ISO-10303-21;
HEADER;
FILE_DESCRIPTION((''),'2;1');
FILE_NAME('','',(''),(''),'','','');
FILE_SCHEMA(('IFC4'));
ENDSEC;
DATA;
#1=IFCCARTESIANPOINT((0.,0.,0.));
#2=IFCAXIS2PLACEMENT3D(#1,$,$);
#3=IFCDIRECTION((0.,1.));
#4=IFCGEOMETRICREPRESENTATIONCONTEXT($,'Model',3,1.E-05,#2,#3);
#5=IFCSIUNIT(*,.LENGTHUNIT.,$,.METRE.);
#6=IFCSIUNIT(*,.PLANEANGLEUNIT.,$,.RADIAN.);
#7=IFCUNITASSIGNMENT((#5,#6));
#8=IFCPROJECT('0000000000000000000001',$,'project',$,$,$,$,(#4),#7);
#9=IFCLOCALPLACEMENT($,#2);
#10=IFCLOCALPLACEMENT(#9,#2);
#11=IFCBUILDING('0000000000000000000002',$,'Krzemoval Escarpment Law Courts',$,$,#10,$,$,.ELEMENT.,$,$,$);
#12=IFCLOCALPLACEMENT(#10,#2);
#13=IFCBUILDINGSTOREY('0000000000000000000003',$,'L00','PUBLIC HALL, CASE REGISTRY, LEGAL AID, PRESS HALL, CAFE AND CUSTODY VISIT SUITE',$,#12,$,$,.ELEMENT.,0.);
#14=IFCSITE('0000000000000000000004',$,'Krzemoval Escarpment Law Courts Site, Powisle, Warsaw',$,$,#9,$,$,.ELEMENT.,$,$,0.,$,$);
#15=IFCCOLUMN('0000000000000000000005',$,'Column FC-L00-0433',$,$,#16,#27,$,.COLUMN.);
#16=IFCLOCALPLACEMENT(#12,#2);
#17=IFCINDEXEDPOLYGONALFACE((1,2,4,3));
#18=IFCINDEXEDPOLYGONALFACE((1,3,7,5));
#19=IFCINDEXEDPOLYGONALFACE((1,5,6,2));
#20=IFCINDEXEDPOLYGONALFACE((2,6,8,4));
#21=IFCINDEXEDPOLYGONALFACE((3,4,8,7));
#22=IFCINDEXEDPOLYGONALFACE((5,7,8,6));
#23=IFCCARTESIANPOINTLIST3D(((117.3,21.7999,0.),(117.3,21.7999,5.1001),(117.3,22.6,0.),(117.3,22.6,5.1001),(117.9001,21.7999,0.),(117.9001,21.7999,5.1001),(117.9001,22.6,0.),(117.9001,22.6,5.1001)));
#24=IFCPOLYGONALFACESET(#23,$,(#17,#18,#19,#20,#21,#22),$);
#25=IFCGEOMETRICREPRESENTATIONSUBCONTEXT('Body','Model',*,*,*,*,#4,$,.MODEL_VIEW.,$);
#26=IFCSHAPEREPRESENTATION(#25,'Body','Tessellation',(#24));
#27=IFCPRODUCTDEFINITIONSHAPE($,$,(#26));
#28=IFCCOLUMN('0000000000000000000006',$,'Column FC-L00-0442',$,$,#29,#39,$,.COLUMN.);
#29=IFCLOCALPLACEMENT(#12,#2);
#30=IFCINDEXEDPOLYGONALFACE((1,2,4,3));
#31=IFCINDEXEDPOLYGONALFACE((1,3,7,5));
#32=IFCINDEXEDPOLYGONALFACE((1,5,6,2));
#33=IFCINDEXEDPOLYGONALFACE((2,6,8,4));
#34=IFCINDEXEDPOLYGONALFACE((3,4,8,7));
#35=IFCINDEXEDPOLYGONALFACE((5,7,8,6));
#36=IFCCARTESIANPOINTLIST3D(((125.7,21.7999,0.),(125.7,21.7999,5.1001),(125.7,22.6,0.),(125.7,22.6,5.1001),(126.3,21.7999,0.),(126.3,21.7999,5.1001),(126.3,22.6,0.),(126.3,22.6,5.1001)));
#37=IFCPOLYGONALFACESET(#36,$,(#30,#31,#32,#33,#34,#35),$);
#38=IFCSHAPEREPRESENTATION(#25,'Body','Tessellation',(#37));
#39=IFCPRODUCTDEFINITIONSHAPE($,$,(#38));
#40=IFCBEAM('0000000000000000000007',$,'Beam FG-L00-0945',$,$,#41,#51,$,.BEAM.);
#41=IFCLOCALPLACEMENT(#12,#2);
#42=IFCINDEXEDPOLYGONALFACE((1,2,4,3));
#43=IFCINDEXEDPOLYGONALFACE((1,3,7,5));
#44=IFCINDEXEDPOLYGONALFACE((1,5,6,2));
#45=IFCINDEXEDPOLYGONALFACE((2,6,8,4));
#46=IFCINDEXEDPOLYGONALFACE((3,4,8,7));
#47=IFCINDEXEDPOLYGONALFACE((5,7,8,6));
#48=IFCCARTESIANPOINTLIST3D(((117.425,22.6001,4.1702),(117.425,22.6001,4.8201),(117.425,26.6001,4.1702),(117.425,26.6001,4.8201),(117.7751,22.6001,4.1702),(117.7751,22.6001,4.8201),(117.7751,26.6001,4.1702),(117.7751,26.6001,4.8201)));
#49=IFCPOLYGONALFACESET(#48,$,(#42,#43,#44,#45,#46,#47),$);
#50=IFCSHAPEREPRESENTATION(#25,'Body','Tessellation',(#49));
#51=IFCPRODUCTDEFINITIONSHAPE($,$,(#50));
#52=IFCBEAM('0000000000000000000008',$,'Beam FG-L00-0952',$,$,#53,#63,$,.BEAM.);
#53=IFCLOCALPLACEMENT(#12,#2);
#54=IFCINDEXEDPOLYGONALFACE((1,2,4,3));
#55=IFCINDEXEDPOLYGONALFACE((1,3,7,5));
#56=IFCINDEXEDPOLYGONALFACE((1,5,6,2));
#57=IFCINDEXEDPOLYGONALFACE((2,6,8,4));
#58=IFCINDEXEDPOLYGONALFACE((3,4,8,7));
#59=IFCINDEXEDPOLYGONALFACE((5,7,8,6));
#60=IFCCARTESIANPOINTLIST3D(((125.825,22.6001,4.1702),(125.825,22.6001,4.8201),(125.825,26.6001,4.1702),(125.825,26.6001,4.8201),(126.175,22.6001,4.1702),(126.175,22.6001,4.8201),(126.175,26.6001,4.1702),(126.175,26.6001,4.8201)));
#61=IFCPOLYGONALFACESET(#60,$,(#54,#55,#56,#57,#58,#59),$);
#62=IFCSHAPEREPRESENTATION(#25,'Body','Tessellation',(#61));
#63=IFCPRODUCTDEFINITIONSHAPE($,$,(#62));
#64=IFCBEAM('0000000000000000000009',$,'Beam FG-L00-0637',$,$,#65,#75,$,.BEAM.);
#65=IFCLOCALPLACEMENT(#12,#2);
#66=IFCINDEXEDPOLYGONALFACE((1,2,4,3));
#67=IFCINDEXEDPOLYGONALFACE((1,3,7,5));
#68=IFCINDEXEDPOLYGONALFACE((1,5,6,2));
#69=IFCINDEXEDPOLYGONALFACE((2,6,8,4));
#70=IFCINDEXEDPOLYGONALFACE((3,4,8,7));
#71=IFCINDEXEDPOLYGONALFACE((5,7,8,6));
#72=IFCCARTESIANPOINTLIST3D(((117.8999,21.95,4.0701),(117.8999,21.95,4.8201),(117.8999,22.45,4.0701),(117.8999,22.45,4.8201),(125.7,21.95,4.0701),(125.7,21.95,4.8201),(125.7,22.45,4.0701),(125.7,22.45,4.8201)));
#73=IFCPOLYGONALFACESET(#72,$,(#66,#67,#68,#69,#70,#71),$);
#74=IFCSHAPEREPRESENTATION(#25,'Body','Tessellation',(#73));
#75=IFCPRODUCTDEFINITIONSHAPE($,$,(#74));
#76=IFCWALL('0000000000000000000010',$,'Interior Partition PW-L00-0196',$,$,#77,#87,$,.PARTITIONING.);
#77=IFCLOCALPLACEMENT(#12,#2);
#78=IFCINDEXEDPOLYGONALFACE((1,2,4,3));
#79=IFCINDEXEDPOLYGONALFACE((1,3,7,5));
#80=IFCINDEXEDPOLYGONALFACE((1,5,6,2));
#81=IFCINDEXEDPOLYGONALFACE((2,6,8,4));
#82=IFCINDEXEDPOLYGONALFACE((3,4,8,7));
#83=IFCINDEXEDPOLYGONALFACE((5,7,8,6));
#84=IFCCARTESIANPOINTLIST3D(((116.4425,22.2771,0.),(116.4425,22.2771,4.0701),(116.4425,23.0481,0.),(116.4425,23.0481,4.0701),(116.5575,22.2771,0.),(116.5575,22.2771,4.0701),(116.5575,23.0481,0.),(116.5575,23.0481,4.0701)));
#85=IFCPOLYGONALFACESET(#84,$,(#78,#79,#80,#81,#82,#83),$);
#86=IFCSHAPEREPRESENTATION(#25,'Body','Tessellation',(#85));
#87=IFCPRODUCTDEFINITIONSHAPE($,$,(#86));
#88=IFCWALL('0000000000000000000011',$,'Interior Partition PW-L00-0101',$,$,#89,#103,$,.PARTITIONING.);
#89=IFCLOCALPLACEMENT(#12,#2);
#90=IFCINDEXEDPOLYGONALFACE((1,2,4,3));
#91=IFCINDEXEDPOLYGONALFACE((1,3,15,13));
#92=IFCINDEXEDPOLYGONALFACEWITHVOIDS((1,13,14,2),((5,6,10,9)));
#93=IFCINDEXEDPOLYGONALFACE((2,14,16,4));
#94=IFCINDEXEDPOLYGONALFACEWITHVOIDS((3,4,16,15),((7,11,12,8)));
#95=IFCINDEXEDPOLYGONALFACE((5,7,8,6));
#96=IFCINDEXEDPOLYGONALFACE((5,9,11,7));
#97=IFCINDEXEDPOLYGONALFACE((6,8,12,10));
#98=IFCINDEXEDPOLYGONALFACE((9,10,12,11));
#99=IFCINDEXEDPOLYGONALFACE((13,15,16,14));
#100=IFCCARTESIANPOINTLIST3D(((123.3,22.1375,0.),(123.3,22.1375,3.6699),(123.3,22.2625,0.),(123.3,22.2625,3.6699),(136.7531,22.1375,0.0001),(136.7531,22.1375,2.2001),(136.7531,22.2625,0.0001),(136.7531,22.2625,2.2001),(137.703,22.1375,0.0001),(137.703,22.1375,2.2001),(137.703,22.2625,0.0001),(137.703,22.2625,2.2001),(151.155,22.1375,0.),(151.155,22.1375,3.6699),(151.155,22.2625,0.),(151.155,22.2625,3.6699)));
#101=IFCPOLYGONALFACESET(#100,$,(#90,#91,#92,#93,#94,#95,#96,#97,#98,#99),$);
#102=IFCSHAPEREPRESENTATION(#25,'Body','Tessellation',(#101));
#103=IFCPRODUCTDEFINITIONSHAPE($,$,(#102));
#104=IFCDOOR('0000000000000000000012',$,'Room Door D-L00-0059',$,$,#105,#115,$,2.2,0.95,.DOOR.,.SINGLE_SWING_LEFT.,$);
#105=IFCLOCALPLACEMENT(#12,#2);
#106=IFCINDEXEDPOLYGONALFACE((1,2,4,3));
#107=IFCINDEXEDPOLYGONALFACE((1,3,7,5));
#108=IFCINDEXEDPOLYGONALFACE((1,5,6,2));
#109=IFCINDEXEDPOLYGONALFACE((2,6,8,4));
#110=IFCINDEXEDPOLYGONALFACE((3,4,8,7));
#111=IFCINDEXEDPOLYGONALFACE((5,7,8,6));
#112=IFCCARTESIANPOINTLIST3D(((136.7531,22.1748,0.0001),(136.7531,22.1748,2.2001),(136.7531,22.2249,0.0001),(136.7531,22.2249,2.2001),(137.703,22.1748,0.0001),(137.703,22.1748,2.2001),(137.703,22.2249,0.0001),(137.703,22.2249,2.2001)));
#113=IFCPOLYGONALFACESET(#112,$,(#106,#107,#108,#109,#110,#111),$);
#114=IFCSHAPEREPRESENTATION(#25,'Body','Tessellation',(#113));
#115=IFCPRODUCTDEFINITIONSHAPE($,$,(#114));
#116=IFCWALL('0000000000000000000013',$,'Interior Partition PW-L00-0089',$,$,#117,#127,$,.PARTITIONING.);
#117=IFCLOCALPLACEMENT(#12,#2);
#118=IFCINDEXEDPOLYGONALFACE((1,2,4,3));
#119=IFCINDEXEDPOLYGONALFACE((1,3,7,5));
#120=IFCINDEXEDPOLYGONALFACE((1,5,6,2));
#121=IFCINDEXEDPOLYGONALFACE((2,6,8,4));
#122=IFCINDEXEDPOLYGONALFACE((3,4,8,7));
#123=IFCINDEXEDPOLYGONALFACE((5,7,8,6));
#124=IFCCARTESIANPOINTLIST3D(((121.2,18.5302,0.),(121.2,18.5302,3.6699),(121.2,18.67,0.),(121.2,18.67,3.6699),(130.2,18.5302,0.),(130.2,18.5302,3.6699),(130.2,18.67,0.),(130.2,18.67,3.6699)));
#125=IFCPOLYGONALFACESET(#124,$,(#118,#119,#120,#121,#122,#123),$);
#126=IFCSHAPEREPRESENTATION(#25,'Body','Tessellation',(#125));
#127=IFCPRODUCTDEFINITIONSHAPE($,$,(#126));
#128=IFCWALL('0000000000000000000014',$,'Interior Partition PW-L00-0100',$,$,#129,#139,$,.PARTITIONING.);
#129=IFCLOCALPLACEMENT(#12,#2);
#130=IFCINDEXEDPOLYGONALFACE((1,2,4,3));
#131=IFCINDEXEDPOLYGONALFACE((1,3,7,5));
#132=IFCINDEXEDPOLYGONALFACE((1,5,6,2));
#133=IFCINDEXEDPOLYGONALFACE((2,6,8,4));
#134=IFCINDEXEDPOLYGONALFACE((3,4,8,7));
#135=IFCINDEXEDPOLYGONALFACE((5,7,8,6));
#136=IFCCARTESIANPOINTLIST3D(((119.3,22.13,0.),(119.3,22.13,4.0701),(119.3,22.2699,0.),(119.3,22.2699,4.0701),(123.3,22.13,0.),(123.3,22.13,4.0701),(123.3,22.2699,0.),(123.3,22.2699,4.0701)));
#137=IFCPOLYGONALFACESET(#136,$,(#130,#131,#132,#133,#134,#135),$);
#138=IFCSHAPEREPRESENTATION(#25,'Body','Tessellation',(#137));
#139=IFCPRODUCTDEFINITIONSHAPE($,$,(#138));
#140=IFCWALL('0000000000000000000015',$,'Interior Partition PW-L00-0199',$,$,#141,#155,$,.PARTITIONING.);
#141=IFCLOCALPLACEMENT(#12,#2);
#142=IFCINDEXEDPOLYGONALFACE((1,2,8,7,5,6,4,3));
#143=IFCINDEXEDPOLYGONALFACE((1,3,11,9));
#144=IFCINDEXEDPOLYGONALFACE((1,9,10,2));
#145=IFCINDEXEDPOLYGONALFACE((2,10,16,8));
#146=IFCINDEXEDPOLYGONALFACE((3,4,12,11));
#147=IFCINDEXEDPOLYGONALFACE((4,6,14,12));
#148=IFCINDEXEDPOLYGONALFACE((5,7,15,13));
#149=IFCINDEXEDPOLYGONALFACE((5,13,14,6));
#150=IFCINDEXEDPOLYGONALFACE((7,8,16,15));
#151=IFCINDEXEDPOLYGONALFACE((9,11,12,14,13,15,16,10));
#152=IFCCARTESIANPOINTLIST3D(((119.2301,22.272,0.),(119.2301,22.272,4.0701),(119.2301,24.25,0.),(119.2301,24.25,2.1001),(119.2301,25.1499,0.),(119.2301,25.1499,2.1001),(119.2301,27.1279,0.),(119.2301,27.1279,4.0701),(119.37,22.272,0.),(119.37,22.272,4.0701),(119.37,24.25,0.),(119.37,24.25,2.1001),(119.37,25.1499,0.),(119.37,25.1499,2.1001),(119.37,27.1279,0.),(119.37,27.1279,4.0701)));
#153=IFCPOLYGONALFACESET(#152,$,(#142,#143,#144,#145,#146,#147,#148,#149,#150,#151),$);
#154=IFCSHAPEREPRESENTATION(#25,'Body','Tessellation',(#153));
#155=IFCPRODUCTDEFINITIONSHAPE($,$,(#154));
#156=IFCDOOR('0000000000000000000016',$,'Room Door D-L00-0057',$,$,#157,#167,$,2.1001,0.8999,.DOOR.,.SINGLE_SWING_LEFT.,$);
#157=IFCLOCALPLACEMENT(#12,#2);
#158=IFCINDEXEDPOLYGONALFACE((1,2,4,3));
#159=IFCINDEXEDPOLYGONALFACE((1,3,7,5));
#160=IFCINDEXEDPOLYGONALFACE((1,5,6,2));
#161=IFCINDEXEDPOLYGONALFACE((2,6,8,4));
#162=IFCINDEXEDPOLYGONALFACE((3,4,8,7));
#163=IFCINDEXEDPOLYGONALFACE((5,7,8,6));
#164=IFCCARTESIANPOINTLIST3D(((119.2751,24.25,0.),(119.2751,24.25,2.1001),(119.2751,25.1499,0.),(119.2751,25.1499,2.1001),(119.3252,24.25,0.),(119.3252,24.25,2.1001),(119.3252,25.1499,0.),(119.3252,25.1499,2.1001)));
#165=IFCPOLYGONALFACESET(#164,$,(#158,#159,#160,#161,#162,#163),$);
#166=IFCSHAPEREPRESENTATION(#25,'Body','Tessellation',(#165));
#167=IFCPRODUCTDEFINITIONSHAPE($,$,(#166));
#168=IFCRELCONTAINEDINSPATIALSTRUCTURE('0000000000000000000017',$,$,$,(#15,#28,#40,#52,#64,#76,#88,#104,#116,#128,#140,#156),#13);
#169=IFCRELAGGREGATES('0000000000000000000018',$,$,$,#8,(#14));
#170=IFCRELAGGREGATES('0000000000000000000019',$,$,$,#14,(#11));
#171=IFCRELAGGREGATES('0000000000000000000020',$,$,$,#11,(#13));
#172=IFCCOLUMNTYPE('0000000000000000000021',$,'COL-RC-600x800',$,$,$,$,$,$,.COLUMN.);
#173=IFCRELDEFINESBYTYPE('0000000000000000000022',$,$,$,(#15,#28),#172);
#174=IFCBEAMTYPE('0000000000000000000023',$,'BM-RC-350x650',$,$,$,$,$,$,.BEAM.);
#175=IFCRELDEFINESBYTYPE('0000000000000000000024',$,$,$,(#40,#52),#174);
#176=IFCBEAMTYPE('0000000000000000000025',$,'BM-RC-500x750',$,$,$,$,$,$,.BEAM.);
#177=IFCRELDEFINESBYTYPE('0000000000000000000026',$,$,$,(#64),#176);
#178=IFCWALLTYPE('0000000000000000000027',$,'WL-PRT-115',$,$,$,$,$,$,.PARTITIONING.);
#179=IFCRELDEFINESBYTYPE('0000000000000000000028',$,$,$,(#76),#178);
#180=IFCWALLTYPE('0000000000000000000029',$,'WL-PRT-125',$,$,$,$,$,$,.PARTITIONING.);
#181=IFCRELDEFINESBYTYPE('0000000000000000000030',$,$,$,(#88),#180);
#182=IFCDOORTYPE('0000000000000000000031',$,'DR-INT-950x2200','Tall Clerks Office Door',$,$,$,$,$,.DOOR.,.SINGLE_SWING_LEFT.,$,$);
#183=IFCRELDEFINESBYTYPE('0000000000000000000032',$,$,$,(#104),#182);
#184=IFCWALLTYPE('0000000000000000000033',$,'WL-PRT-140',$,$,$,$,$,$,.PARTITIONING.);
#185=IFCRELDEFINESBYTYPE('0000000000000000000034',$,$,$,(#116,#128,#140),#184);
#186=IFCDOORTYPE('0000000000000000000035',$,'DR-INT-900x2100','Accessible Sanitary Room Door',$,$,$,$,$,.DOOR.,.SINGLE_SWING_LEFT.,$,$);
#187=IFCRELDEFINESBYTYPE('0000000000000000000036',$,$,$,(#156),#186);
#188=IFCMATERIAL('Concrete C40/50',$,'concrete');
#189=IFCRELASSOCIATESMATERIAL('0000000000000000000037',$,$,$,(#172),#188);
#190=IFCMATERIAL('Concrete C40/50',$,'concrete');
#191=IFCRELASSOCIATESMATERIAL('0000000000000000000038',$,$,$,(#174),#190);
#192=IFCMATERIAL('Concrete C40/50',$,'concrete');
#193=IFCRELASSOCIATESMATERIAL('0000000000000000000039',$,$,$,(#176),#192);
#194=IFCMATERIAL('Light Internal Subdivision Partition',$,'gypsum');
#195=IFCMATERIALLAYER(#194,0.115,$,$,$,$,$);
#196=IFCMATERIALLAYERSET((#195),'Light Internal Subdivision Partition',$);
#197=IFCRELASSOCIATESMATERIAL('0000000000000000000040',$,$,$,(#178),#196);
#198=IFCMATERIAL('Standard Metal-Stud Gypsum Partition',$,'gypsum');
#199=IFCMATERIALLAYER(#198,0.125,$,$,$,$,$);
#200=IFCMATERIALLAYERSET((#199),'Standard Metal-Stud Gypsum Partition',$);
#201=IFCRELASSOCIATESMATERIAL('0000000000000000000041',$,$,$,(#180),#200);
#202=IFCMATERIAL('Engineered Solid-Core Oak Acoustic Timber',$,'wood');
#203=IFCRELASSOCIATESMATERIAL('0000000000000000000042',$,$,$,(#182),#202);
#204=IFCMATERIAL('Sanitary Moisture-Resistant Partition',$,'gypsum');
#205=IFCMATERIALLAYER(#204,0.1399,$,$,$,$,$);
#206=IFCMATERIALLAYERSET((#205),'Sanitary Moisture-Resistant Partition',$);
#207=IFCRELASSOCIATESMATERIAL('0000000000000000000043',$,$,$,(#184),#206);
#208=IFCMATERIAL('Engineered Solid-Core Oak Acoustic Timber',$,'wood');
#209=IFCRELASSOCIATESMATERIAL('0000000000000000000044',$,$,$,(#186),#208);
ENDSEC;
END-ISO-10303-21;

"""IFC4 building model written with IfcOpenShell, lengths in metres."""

from ifc_helpers import new_model, si_unit, direction, frame, frame_2d, origin, origin_2d, place, context, subcontext, project, spatial, rectangle, extrude, material, layer, layer_set, material_profile, profile_set, type_object, element, fill, save


model = new_model("IFC4")

# Units and contexts
model_context = context("Model", 3, precision=1e-05, world=origin(), true_north=direction((0.0, 1.0)))
body_context = subcontext(model_context, "Body", "Model", "MODEL_VIEW")
ifc_project = project(units=[si_unit("LENGTHUNIT", "METRE"), si_unit("PLANEANGLEUNIT", "RADIAN")], contexts=[model_context])

# Site, building, storey
site_placement = place(None, origin())
site = spatial("IfcSite", under=ifc_project, at=site_placement, Name="Krzemoval Escarpment Law Courts Site, Powisle, Warsaw", CompositionType="ELEMENT", RefElevation=0.0)
building_placement = place(site_placement, origin())
building = spatial("IfcBuilding", under=site, at=building_placement, Name="Krzemoval Escarpment Law Courts", CompositionType="ELEMENT")
storey_placement = place(building_placement, origin())
storey = spatial("IfcBuildingStorey", under=building, at=storey_placement, Name="L00", Description="PUBLIC HALL, CASE REGISTRY, LEGAL AID, PRESS HALL, CAFE AND CUSTODY VISIT SUITE", CompositionType="ELEMENT", Elevation=0.0)

# Columns
ifc_material_1 = material(Name="Concrete C40/50", Category="concrete")
ifc_material_profile_1 = material_profile(ifc_material_1, rectangle(XDim=0.6001, YDim=0.8, at=origin_2d()), Name="RC 600x800")
ifc_profile_set_1 = profile_set([ifc_material_profile_1], Name="Concrete C40/50")
column_type = type_object("IfcColumnType", Name="COL-RC-600x800", PredefinedType="COLUMN", material=ifc_profile_set_1)
for number, where, z_axis, x_axis, name in (
    (1, (117.6001, 22.2, 0.0), (0.0, 0.0, 1.0), (1.0, 0.0, 0.0), "Column FC-L00-0433"),
    (2, (126.0, 22.2, 0.0), (0.0, 0.0, 1.0), (1.0, 0.0, 0.0), "Column FC-L00-0442"),
):
    element("IfcColumn", number, at=place(storey_placement, frame(where, z_axis=z_axis, x_axis=x_axis)), inside=storey, type_object=column_type, Name=name, PredefinedType="COLUMN", context=body_context, shape_type="SweptSolid", body=[
        extrude(rectangle(XDim=0.6001, YDim=0.8, at=origin_2d()), origin(), (0.0, 0.0, 1.0), 5.1001),
    ])

# Beams
ifc_material_2 = material(Name="Concrete C40/50", Category="concrete")
ifc_material_profile_2 = material_profile(ifc_material_2, rectangle(XDim=0.3501, YDim=0.6499, at=origin_2d()), Name="RCB 350x650")
ifc_profile_set_2 = profile_set([ifc_material_profile_2], Name="Concrete C40/50")
beam_type_1 = type_object("IfcBeamType", Name="BM-RC-350x650", PredefinedType="BEAM", material=ifc_profile_set_2)
for number, where, z_axis, x_axis, name in (
    (3, (117.6001, 22.6001, 4.4951), (0.0, 1.0, 0.0), (-1.0, 0.0, 0.0), "Beam FG-L00-0945"),
    (4, (126.0, 22.6001, 4.4951), (0.0, 1.0, 0.0), (-1.0, 0.0, 0.0), "Beam FG-L00-0952"),
):
    element("IfcBeam", number, at=place(storey_placement, frame(where, z_axis=z_axis, x_axis=x_axis)), inside=storey, type_object=beam_type_1, Name=name, PredefinedType="BEAM", context=body_context, shape_type="SweptSolid", body=[
        extrude(rectangle(XDim=0.3501, YDim=0.6499, at=origin_2d()), origin(), (0.0, 0.0, 1.0), 4.0),
    ])
ifc_material_3 = material(Name="Concrete C40/50", Category="concrete")
ifc_material_profile_3 = material_profile(ifc_material_3, rectangle(XDim=0.5, YDim=0.75, at=origin_2d()), Name="RCB 500x750")
ifc_profile_set_3 = profile_set([ifc_material_profile_3], Name="Concrete C40/50")
beam_type_2 = type_object("IfcBeamType", Name="BM-RC-500x750", PredefinedType="BEAM", material=ifc_profile_set_3)
beam_placement = place(storey_placement, frame((117.8999, 22.2, 4.4451), z_axis=(1.0, 0.0, 0.0), x_axis=(0.0, 1.0, 0.0)))
element("IfcBeam", 5, at=beam_placement, inside=storey, type_object=beam_type_2, Name="Beam FG-L00-0637", PredefinedType="BEAM", context=body_context, shape_type="SweptSolid", body=[
    extrude(rectangle(XDim=0.5, YDim=0.75, at=origin_2d()), origin(), (0.0, 0.0, 1.0), 7.8),
])

# Wall
ifc_material_4 = material(Name="Light Internal Subdivision Partition", Category="gypsum")
ifc_layer_1 = layer(ifc_material_4, 0.115)
ifc_layer_set_1 = layer_set([ifc_layer_1], Name="Light Internal Subdivision Partition")
wall_type_1 = type_object("IfcWallType", Name="WL-PRT-115", PredefinedType="PARTITIONING", material=ifc_layer_set_1)
wall_1_placement = place(storey_placement, frame((116.5, 22.2771, 0.0), z_axis=(0.0, 0.0, 1.0), x_axis=(0.0, 1.0, 0.0)))
element("IfcWall", 6, at=wall_1_placement, inside=storey, type_object=wall_type_1, Name="Interior Partition PW-L00-0196", PredefinedType="PARTITIONING", context=body_context, shape_type="SweptSolid", body=[
    extrude(rectangle(XDim=0.771, YDim=0.115, at=frame_2d((0.3855, 0.0))), origin(), (0.0, 0.0, 1.0), 4.0701),
])

# Wall, opening, door
ifc_material_5 = material(Name="Standard Metal-Stud Gypsum Partition", Category="gypsum")
ifc_layer_2 = layer(ifc_material_5, 0.125)
ifc_layer_set_2 = layer_set([ifc_layer_2], Name="Standard Metal-Stud Gypsum Partition")
wall_type_2 = type_object("IfcWallType", Name="WL-PRT-125", PredefinedType="PARTITIONING", material=ifc_layer_set_2)
wall_2_placement = place(storey_placement, frame((123.3, 22.2, 0.0), z_axis=(0.0, 0.0, 1.0), x_axis=(1.0, 0.0, 0.0)))
wall_2 = element("IfcWall", 7, at=wall_2_placement, inside=storey, type_object=wall_type_2, Name="Interior Partition PW-L00-0101", PredefinedType="PARTITIONING", context=body_context, shape_type="SweptSolid", body=[
    extrude(rectangle(XDim=27.855, YDim=0.125, at=frame_2d((13.9275, 0.0))), origin(), (0.0, 0.0, 1.0), 3.6699),
])
opening_1_placement = place(wall_2_placement, frame((13.4529, 0.0, 0.0)))
opening_1 = element("IfcOpeningElement", 8, at=opening_1_placement, cuts=wall_2, PredefinedType="OPENING", context=body_context, shape_type="SweptSolid", body=[
    extrude(rectangle(XDim=0.95, YDim=2.2, at=frame_2d((0.4751, 1.1001))), frame((0.0, 0.0775, 0.0), z_axis=(0.0, -1.0, 0.0), x_axis=(1.0, 0.0, 0.0)), (0.0, 0.0, 1.0), 0.155),
])
ifc_material_6 = material(Name="Engineered Solid-Core Oak Acoustic Timber", Category="wood")
door_type_1 = type_object("IfcDoorType", Name="DR-INT-950x2200", Description="Tall Clerks Office Door", OperationType="SINGLE_SWING_LEFT", PredefinedType="DOOR", material=ifc_material_6)
door_1_placement = place(opening_1_placement, origin())
door_1 = element("IfcDoor", 9, at=door_1_placement, inside=storey, type_object=door_type_1, Name="Room Door D-L00-0059", OperationType="SINGLE_SWING_LEFT", OverallHeight=2.2, OverallWidth=0.95, PredefinedType="DOOR", context=body_context, shape_type="SweptSolid", body=[
    extrude(rectangle(XDim=0.95, YDim=2.2, at=frame_2d((0.4751, 1.1001))), frame((0.0, 0.0249, 0.0), z_axis=(0.0, -1.0, 0.0), x_axis=(1.0, 0.0, 0.0)), (0.0, 0.0, 1.0), 0.05),
])
fill(opening_1, door_1)

# Walls
ifc_material_7 = material(Name="Sanitary Moisture-Resistant Partition", Category="gypsum")
ifc_layer_3 = layer(ifc_material_7, 0.1399)
ifc_layer_set_3 = layer_set([ifc_layer_3], Name="Sanitary Moisture-Resistant Partition")
wall_type_3 = type_object("IfcWallType", Name="WL-PRT-140", PredefinedType="PARTITIONING", material=ifc_layer_set_3)
wall_3_placement = place(storey_placement, frame((121.2, 18.6001, 0.0), z_axis=(0.0, 0.0, 1.0), x_axis=(1.0, 0.0, 0.0)))
element("IfcWall", 10, at=wall_3_placement, inside=storey, type_object=wall_type_3, Name="Interior Partition PW-L00-0089", PredefinedType="PARTITIONING", context=body_context, shape_type="SweptSolid", body=[
    extrude(rectangle(XDim=9.0, YDim=0.1399, at=frame_2d((4.5, 0.0))), origin(), (0.0, 0.0, 1.0), 3.6699),
])
wall_4_placement = place(storey_placement, frame((119.3, 22.2, 0.0), z_axis=(0.0, 0.0, 1.0), x_axis=(1.0, 0.0, 0.0)))
element("IfcWall", 11, at=wall_4_placement, inside=storey, type_object=wall_type_3, Name="Interior Partition PW-L00-0100", PredefinedType="PARTITIONING", context=body_context, shape_type="SweptSolid", body=[
    extrude(rectangle(XDim=4.0, YDim=0.1399, at=frame_2d((2.0, 0.0))), origin(), (0.0, 0.0, 1.0), 4.0701),
])

# Wall, opening, door
wall_5_placement = place(storey_placement, frame((119.3, 22.272, 0.0), z_axis=(0.0, 0.0, 1.0), x_axis=(0.0, 1.0, 0.0)))
wall_5 = element("IfcWall", 12, at=wall_5_placement, inside=storey, type_object=wall_type_3, Name="Interior Partition PW-L00-0199", PredefinedType="PARTITIONING", context=body_context, shape_type="SweptSolid", body=[
    extrude(rectangle(XDim=4.856, YDim=0.1399, at=frame_2d((2.428, 0.0))), origin(), (0.0, 0.0, 1.0), 4.0701),
])
opening_2_placement = place(wall_5_placement, frame((1.978, 0.0, 0.0)))
opening_2 = element("IfcOpeningElement", 13, at=opening_2_placement, cuts=wall_5, PredefinedType="OPENING", context=body_context, shape_type="SweptSolid", body=[
    extrude(rectangle(XDim=0.8999, YDim=2.1001, at=frame_2d((0.45, 1.05))), frame((0.0, 0.0849, 0.0), z_axis=(0.0, -1.0, 0.0), x_axis=(1.0, 0.0, 0.0)), (0.0, 0.0, 1.0), 0.1699),
])
ifc_material_8 = material(Name="Engineered Solid-Core Oak Acoustic Timber", Category="wood")
door_type_2 = type_object("IfcDoorType", Name="DR-INT-900x2100", Description="Accessible Sanitary Room Door", OperationType="SINGLE_SWING_LEFT", PredefinedType="DOOR", material=ifc_material_8)
door_2_placement = place(opening_2_placement, origin())
door_2 = element("IfcDoor", 14, at=door_2_placement, inside=storey, type_object=door_type_2, Name="Room Door D-L00-0057", OperationType="SINGLE_SWING_LEFT", OverallHeight=2.1001, OverallWidth=0.8999, PredefinedType="DOOR", context=body_context, shape_type="SweptSolid", body=[
    extrude(rectangle(XDim=0.8999, YDim=2.1001, at=frame_2d((0.45, 1.05))), frame((0.0, 0.0249, 0.0), z_axis=(0.0, -1.0, 0.0), x_axis=(1.0, 0.0, 0.0)), (0.0, 0.0, 1.0), 0.05),
])
fill(opening_2, door_2)

save(model, "model.ifc")
